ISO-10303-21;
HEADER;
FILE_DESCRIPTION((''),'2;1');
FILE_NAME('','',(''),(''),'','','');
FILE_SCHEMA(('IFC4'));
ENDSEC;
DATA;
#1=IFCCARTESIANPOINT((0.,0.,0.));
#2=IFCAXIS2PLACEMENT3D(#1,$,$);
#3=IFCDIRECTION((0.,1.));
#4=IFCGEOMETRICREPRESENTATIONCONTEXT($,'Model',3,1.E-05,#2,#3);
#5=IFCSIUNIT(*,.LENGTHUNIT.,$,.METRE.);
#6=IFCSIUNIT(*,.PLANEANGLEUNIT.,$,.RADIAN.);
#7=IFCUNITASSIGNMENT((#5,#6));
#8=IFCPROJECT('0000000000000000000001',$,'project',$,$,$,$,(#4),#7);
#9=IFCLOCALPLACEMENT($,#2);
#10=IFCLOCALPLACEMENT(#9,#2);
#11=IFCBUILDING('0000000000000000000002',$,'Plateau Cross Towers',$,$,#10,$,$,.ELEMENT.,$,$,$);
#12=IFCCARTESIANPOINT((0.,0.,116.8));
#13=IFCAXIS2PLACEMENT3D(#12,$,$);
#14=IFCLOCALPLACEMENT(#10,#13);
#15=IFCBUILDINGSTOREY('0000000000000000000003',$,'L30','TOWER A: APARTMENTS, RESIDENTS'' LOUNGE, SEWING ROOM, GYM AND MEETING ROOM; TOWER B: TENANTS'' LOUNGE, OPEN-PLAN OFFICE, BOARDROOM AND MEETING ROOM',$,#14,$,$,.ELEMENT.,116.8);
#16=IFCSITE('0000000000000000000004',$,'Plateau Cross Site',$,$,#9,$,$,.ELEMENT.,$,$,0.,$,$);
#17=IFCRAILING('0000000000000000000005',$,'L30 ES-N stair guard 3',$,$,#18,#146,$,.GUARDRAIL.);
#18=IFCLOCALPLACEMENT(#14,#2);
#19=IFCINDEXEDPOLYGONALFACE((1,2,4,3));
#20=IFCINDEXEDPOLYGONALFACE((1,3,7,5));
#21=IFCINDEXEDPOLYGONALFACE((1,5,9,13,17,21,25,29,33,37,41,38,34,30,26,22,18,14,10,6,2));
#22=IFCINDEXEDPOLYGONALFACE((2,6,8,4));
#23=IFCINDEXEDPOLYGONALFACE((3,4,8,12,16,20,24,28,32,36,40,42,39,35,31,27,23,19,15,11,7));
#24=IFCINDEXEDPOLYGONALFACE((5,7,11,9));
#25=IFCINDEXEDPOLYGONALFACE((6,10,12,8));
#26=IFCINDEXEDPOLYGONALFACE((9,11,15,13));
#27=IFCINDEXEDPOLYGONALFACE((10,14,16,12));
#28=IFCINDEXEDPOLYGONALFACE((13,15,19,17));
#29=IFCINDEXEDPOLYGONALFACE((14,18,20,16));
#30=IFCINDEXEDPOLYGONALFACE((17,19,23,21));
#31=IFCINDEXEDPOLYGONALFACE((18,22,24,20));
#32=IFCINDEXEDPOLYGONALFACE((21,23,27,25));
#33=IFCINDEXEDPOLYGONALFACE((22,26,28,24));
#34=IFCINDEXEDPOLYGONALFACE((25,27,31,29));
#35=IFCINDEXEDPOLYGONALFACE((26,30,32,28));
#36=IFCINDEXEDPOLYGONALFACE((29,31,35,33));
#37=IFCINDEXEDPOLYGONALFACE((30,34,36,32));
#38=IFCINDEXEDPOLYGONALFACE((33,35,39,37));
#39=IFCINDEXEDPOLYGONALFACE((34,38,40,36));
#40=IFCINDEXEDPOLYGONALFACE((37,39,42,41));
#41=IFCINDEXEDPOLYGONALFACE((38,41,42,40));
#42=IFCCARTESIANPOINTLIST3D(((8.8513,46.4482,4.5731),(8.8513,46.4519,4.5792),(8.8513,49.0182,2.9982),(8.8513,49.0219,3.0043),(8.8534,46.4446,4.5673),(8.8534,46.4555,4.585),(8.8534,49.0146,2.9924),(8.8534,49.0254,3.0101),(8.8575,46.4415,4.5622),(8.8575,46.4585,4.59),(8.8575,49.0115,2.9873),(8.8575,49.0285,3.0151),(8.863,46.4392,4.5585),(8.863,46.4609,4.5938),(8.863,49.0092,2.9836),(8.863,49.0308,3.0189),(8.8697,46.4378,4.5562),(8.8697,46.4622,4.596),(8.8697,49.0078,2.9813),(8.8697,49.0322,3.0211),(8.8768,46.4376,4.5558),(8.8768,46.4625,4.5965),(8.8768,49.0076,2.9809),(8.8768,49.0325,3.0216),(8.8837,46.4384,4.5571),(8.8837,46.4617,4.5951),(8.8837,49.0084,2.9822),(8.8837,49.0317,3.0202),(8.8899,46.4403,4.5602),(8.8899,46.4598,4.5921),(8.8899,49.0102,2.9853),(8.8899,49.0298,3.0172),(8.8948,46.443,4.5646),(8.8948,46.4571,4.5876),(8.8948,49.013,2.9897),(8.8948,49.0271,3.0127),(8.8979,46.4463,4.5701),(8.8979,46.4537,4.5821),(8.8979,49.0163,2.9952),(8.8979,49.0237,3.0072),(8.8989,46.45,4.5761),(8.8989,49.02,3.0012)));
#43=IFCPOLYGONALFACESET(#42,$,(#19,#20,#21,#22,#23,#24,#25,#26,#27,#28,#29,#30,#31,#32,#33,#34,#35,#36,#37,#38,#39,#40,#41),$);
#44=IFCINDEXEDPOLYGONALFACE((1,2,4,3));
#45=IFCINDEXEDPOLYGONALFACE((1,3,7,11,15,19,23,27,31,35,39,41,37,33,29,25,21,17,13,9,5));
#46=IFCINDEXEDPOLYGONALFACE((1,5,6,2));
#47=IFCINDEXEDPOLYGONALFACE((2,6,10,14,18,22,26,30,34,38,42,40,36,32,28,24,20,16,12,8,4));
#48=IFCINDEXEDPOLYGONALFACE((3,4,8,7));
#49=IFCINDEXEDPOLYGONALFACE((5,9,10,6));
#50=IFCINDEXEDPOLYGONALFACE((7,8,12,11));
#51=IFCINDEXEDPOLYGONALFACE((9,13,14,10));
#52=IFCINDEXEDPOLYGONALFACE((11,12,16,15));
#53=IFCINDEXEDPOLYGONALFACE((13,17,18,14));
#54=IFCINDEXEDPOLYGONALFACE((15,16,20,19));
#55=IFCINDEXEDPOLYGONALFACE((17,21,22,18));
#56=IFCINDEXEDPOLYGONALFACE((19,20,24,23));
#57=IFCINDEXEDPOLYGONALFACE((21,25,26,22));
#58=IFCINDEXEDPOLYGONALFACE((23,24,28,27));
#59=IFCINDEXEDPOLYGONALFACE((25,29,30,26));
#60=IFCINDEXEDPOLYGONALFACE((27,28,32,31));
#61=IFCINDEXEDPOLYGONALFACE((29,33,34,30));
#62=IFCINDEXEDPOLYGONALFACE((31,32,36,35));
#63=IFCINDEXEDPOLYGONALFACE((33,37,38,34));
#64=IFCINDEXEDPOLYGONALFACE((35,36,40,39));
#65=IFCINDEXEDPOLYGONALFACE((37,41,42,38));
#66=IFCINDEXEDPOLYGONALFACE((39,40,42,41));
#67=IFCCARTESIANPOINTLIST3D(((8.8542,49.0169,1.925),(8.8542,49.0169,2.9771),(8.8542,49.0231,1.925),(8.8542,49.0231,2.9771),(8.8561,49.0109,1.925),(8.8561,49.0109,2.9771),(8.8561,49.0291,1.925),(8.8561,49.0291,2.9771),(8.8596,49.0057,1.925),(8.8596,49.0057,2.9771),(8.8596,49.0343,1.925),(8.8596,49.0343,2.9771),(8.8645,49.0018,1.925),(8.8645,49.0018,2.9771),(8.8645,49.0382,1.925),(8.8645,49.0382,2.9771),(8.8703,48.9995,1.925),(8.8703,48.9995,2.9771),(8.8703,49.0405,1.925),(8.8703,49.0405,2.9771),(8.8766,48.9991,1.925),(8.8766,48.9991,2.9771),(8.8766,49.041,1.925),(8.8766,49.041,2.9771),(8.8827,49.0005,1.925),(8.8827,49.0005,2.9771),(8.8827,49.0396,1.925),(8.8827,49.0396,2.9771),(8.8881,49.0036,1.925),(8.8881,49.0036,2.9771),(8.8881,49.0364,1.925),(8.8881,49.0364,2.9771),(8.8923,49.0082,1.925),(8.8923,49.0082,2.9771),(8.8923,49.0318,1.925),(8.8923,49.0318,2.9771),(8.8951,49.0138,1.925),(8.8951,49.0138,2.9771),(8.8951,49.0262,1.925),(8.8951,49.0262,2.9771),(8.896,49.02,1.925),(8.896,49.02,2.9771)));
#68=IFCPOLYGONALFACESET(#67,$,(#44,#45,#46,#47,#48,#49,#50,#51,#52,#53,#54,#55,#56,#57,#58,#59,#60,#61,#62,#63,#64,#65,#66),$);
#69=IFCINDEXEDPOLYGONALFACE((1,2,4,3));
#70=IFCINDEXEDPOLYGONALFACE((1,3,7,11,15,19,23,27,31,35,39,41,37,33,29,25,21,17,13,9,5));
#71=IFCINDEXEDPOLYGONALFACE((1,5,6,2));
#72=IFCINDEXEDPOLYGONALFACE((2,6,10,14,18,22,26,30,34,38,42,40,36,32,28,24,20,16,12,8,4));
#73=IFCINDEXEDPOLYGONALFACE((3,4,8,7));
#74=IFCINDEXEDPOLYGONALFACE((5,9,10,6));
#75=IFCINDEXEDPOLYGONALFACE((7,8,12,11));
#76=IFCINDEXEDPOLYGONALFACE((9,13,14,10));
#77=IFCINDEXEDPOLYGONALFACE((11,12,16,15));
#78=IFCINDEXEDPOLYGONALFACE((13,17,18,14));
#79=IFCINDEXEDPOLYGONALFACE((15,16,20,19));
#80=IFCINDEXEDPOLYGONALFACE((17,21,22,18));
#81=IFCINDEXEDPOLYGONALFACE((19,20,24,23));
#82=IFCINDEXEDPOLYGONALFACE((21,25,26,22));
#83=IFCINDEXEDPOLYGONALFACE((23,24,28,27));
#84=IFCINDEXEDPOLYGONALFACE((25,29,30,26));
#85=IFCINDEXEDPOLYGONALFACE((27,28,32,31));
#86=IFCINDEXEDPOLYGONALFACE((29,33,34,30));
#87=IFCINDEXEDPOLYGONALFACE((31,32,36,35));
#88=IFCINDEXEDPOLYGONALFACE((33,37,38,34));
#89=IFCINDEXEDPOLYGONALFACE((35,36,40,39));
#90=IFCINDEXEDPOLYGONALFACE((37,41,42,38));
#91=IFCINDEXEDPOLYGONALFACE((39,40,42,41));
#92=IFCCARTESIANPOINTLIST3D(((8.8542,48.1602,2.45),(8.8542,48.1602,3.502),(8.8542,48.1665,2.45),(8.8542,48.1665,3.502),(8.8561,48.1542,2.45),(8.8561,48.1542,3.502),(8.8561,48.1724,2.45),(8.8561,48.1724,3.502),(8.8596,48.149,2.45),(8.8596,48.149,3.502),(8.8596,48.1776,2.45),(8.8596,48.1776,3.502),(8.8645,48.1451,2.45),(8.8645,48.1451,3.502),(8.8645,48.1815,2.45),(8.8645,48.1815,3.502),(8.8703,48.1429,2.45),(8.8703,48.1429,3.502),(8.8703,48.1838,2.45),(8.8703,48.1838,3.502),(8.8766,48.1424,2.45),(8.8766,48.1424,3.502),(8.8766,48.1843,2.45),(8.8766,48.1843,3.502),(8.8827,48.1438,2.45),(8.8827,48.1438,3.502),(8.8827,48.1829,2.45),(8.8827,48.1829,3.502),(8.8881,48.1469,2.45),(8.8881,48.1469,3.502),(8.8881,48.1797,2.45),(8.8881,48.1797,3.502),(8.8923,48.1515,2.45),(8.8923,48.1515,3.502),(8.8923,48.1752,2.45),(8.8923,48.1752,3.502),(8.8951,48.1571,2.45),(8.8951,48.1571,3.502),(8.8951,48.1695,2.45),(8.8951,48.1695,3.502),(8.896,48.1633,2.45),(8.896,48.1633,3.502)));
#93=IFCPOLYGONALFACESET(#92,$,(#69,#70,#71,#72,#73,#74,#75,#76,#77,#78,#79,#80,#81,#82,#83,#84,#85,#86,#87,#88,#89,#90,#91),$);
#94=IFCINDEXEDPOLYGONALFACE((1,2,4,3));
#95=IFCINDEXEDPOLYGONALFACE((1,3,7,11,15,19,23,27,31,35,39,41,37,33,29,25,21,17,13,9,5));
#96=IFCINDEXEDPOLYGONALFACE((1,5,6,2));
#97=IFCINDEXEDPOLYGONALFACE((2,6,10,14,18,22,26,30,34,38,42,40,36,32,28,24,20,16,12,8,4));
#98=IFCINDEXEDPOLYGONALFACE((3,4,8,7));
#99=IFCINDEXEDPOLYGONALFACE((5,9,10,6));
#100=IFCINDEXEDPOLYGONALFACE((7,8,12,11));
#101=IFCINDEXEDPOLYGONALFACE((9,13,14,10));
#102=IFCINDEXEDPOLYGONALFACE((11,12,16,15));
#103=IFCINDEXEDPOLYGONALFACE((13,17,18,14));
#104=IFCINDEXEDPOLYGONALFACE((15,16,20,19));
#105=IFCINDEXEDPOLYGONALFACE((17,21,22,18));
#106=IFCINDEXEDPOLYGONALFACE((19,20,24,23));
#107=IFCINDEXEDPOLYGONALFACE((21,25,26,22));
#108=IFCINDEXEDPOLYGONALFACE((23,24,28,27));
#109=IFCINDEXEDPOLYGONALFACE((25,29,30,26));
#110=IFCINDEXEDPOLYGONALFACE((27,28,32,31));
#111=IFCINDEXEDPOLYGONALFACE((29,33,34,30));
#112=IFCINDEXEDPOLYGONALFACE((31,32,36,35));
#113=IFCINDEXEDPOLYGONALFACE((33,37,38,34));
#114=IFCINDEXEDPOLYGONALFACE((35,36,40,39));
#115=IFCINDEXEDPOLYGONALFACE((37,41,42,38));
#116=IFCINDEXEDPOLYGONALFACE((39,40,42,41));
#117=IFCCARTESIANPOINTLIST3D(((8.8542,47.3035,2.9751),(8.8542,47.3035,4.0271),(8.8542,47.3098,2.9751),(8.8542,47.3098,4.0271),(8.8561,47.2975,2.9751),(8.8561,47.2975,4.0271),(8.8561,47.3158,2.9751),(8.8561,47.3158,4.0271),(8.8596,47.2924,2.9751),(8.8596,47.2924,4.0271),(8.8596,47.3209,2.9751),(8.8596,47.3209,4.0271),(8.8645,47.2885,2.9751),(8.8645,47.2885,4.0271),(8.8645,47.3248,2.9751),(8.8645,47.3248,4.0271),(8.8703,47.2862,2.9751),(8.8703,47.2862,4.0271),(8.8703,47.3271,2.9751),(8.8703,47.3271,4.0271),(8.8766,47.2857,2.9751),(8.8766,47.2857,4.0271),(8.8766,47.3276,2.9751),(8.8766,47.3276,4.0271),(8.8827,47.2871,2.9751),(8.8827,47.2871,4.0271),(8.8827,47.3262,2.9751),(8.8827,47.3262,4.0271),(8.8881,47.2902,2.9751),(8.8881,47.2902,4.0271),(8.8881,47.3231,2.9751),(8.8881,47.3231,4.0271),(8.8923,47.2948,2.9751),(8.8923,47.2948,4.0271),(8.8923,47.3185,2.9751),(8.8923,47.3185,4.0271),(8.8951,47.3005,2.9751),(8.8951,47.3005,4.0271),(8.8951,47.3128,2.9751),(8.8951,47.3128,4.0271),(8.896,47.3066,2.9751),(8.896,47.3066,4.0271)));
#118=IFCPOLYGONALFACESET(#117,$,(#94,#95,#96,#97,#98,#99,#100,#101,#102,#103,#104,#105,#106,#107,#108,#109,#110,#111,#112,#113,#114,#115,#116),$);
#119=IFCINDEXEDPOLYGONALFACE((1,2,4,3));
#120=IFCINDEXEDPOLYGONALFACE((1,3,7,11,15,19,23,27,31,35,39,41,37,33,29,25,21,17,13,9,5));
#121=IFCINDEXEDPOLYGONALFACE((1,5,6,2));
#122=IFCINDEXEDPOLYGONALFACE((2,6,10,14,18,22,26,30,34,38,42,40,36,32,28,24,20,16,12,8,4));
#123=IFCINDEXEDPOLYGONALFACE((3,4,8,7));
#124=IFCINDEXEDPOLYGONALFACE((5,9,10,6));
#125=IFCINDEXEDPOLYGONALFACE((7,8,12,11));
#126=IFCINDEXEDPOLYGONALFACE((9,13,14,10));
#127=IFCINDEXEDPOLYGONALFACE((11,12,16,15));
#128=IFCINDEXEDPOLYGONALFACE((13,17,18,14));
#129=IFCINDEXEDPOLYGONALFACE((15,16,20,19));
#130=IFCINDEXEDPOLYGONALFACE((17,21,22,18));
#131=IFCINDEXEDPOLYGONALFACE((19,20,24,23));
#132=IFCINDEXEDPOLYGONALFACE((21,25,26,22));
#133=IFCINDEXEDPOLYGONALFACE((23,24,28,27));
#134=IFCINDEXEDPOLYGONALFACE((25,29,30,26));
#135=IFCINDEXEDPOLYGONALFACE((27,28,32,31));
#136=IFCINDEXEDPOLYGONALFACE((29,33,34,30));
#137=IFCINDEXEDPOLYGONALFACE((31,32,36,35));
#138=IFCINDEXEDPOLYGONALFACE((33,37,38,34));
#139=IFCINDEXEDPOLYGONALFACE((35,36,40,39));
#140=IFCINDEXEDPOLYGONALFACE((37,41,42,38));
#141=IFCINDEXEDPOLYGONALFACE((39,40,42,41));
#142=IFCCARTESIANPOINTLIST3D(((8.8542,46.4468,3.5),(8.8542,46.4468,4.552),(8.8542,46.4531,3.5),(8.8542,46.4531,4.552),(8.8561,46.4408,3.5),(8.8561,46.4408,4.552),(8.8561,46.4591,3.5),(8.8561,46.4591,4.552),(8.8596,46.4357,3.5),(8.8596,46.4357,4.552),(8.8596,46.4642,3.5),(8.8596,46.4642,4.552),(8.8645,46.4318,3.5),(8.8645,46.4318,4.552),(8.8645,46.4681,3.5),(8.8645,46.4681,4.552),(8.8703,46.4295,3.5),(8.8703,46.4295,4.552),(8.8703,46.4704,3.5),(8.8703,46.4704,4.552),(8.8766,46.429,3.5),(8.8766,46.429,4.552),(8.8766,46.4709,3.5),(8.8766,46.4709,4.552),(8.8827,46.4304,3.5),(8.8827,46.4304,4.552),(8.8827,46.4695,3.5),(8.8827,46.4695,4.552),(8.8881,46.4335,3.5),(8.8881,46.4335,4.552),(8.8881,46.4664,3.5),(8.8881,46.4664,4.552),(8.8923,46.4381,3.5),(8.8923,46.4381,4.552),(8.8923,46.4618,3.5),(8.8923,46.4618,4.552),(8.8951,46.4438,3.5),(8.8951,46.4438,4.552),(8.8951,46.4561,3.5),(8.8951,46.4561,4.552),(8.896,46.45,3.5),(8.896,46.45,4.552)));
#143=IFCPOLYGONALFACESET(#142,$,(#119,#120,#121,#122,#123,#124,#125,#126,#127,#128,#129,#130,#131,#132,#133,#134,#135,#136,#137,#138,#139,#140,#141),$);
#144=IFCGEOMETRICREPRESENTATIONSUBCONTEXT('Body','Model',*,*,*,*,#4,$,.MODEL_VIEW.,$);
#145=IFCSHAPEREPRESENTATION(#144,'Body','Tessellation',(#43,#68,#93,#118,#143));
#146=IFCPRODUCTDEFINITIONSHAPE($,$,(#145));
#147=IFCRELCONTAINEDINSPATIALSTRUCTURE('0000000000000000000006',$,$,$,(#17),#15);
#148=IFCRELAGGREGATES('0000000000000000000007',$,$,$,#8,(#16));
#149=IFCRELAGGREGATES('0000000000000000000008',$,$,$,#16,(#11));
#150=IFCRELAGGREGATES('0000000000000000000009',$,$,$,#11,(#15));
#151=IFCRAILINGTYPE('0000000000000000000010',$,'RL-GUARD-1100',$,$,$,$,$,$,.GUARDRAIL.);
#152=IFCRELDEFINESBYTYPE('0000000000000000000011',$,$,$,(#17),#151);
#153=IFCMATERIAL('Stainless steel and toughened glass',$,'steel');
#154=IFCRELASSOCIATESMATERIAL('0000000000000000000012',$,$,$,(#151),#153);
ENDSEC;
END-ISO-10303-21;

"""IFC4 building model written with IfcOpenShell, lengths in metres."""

from ifc_helpers import new_model, si_unit, direction, frame, origin, origin_2d, place, context, subcontext, project, spatial, circle, extrude, material, type_object, element, save


model = new_model("IFC4")

# Units and contexts
model_context = context("Model", 3, precision=1e-05, world=origin(), true_north=direction((0.0, 1.0)))
body_context = subcontext(model_context, "Body", "Model", "MODEL_VIEW")
ifc_project = project(units=[si_unit("LENGTHUNIT", "METRE"), si_unit("PLANEANGLEUNIT", "RADIAN")], contexts=[model_context])

# Site, building, storey
site_placement = place(None, origin())
site = spatial("IfcSite", under=ifc_project, at=site_placement, Name="Plateau Cross Site", CompositionType="ELEMENT", RefElevation=0.0)
building_placement = place(site_placement, origin())
building = spatial("IfcBuilding", under=site, at=building_placement, Name="Plateau Cross Towers", CompositionType="ELEMENT")
storey_placement = place(building_placement, frame((0.0, 0.0, 116.8)))
storey = spatial("IfcBuildingStorey", under=building, at=storey_placement, Name="L30", Description="TOWER A: APARTMENTS, RESIDENTS' LOUNGE, SEWING ROOM, GYM AND MEETING ROOM; TOWER B: TENANTS' LOUNGE, OPEN-PLAN OFFICE, BOARDROOM AND MEETING ROOM", CompositionType="ELEMENT", Elevation=116.8)

# Railing
ifc_material_1 = material(Name="Stainless steel and toughened glass", Category="steel")
railing_type_1 = type_object("IfcRailingType", Name="RL-GUARD-1100", PredefinedType="GUARDRAIL", material=ifc_material_1)
railing_1_placement = place(storey_placement, frame((8.875, 49.02, 1.925)))
element("IfcRailing", 1, at=railing_1_placement, inside=storey, type_object=railing_type_1, Name="L30 ES-N stair guard 3", PredefinedType="GUARDRAIL", context=body_context, shape_type="SweptSolid", body=[
    extrude(circle(Radius=0.0239, at=origin_2d()), frame((0.0, 0.0, 1.0762), z_axis=(0.0, -0.852639, 0.522501), x_axis=(1.0, 0.0, 0.0)), (0.0, 0.0, 1.0), 3.0142),
    extrude(circle(Radius=0.021, at=origin_2d()), origin(), (0.0, 0.0, 1.0), 1.052),
    extrude(circle(Radius=0.021, at=origin_2d()), frame((0.0, -0.8567, 0.5249)), (0.0, 0.0, 1.0), 1.052),
    extrude(circle(Radius=0.021, at=origin_2d()), frame((0.0, -1.7134, 1.05)), (0.0, 0.0, 1.0), 1.052),
    extrude(circle(Radius=0.021, at=origin_2d()), frame((0.0, -2.5701, 1.575)), (0.0, 0.0, 1.0), 1.052),
])

save(model, "model.ifc")
